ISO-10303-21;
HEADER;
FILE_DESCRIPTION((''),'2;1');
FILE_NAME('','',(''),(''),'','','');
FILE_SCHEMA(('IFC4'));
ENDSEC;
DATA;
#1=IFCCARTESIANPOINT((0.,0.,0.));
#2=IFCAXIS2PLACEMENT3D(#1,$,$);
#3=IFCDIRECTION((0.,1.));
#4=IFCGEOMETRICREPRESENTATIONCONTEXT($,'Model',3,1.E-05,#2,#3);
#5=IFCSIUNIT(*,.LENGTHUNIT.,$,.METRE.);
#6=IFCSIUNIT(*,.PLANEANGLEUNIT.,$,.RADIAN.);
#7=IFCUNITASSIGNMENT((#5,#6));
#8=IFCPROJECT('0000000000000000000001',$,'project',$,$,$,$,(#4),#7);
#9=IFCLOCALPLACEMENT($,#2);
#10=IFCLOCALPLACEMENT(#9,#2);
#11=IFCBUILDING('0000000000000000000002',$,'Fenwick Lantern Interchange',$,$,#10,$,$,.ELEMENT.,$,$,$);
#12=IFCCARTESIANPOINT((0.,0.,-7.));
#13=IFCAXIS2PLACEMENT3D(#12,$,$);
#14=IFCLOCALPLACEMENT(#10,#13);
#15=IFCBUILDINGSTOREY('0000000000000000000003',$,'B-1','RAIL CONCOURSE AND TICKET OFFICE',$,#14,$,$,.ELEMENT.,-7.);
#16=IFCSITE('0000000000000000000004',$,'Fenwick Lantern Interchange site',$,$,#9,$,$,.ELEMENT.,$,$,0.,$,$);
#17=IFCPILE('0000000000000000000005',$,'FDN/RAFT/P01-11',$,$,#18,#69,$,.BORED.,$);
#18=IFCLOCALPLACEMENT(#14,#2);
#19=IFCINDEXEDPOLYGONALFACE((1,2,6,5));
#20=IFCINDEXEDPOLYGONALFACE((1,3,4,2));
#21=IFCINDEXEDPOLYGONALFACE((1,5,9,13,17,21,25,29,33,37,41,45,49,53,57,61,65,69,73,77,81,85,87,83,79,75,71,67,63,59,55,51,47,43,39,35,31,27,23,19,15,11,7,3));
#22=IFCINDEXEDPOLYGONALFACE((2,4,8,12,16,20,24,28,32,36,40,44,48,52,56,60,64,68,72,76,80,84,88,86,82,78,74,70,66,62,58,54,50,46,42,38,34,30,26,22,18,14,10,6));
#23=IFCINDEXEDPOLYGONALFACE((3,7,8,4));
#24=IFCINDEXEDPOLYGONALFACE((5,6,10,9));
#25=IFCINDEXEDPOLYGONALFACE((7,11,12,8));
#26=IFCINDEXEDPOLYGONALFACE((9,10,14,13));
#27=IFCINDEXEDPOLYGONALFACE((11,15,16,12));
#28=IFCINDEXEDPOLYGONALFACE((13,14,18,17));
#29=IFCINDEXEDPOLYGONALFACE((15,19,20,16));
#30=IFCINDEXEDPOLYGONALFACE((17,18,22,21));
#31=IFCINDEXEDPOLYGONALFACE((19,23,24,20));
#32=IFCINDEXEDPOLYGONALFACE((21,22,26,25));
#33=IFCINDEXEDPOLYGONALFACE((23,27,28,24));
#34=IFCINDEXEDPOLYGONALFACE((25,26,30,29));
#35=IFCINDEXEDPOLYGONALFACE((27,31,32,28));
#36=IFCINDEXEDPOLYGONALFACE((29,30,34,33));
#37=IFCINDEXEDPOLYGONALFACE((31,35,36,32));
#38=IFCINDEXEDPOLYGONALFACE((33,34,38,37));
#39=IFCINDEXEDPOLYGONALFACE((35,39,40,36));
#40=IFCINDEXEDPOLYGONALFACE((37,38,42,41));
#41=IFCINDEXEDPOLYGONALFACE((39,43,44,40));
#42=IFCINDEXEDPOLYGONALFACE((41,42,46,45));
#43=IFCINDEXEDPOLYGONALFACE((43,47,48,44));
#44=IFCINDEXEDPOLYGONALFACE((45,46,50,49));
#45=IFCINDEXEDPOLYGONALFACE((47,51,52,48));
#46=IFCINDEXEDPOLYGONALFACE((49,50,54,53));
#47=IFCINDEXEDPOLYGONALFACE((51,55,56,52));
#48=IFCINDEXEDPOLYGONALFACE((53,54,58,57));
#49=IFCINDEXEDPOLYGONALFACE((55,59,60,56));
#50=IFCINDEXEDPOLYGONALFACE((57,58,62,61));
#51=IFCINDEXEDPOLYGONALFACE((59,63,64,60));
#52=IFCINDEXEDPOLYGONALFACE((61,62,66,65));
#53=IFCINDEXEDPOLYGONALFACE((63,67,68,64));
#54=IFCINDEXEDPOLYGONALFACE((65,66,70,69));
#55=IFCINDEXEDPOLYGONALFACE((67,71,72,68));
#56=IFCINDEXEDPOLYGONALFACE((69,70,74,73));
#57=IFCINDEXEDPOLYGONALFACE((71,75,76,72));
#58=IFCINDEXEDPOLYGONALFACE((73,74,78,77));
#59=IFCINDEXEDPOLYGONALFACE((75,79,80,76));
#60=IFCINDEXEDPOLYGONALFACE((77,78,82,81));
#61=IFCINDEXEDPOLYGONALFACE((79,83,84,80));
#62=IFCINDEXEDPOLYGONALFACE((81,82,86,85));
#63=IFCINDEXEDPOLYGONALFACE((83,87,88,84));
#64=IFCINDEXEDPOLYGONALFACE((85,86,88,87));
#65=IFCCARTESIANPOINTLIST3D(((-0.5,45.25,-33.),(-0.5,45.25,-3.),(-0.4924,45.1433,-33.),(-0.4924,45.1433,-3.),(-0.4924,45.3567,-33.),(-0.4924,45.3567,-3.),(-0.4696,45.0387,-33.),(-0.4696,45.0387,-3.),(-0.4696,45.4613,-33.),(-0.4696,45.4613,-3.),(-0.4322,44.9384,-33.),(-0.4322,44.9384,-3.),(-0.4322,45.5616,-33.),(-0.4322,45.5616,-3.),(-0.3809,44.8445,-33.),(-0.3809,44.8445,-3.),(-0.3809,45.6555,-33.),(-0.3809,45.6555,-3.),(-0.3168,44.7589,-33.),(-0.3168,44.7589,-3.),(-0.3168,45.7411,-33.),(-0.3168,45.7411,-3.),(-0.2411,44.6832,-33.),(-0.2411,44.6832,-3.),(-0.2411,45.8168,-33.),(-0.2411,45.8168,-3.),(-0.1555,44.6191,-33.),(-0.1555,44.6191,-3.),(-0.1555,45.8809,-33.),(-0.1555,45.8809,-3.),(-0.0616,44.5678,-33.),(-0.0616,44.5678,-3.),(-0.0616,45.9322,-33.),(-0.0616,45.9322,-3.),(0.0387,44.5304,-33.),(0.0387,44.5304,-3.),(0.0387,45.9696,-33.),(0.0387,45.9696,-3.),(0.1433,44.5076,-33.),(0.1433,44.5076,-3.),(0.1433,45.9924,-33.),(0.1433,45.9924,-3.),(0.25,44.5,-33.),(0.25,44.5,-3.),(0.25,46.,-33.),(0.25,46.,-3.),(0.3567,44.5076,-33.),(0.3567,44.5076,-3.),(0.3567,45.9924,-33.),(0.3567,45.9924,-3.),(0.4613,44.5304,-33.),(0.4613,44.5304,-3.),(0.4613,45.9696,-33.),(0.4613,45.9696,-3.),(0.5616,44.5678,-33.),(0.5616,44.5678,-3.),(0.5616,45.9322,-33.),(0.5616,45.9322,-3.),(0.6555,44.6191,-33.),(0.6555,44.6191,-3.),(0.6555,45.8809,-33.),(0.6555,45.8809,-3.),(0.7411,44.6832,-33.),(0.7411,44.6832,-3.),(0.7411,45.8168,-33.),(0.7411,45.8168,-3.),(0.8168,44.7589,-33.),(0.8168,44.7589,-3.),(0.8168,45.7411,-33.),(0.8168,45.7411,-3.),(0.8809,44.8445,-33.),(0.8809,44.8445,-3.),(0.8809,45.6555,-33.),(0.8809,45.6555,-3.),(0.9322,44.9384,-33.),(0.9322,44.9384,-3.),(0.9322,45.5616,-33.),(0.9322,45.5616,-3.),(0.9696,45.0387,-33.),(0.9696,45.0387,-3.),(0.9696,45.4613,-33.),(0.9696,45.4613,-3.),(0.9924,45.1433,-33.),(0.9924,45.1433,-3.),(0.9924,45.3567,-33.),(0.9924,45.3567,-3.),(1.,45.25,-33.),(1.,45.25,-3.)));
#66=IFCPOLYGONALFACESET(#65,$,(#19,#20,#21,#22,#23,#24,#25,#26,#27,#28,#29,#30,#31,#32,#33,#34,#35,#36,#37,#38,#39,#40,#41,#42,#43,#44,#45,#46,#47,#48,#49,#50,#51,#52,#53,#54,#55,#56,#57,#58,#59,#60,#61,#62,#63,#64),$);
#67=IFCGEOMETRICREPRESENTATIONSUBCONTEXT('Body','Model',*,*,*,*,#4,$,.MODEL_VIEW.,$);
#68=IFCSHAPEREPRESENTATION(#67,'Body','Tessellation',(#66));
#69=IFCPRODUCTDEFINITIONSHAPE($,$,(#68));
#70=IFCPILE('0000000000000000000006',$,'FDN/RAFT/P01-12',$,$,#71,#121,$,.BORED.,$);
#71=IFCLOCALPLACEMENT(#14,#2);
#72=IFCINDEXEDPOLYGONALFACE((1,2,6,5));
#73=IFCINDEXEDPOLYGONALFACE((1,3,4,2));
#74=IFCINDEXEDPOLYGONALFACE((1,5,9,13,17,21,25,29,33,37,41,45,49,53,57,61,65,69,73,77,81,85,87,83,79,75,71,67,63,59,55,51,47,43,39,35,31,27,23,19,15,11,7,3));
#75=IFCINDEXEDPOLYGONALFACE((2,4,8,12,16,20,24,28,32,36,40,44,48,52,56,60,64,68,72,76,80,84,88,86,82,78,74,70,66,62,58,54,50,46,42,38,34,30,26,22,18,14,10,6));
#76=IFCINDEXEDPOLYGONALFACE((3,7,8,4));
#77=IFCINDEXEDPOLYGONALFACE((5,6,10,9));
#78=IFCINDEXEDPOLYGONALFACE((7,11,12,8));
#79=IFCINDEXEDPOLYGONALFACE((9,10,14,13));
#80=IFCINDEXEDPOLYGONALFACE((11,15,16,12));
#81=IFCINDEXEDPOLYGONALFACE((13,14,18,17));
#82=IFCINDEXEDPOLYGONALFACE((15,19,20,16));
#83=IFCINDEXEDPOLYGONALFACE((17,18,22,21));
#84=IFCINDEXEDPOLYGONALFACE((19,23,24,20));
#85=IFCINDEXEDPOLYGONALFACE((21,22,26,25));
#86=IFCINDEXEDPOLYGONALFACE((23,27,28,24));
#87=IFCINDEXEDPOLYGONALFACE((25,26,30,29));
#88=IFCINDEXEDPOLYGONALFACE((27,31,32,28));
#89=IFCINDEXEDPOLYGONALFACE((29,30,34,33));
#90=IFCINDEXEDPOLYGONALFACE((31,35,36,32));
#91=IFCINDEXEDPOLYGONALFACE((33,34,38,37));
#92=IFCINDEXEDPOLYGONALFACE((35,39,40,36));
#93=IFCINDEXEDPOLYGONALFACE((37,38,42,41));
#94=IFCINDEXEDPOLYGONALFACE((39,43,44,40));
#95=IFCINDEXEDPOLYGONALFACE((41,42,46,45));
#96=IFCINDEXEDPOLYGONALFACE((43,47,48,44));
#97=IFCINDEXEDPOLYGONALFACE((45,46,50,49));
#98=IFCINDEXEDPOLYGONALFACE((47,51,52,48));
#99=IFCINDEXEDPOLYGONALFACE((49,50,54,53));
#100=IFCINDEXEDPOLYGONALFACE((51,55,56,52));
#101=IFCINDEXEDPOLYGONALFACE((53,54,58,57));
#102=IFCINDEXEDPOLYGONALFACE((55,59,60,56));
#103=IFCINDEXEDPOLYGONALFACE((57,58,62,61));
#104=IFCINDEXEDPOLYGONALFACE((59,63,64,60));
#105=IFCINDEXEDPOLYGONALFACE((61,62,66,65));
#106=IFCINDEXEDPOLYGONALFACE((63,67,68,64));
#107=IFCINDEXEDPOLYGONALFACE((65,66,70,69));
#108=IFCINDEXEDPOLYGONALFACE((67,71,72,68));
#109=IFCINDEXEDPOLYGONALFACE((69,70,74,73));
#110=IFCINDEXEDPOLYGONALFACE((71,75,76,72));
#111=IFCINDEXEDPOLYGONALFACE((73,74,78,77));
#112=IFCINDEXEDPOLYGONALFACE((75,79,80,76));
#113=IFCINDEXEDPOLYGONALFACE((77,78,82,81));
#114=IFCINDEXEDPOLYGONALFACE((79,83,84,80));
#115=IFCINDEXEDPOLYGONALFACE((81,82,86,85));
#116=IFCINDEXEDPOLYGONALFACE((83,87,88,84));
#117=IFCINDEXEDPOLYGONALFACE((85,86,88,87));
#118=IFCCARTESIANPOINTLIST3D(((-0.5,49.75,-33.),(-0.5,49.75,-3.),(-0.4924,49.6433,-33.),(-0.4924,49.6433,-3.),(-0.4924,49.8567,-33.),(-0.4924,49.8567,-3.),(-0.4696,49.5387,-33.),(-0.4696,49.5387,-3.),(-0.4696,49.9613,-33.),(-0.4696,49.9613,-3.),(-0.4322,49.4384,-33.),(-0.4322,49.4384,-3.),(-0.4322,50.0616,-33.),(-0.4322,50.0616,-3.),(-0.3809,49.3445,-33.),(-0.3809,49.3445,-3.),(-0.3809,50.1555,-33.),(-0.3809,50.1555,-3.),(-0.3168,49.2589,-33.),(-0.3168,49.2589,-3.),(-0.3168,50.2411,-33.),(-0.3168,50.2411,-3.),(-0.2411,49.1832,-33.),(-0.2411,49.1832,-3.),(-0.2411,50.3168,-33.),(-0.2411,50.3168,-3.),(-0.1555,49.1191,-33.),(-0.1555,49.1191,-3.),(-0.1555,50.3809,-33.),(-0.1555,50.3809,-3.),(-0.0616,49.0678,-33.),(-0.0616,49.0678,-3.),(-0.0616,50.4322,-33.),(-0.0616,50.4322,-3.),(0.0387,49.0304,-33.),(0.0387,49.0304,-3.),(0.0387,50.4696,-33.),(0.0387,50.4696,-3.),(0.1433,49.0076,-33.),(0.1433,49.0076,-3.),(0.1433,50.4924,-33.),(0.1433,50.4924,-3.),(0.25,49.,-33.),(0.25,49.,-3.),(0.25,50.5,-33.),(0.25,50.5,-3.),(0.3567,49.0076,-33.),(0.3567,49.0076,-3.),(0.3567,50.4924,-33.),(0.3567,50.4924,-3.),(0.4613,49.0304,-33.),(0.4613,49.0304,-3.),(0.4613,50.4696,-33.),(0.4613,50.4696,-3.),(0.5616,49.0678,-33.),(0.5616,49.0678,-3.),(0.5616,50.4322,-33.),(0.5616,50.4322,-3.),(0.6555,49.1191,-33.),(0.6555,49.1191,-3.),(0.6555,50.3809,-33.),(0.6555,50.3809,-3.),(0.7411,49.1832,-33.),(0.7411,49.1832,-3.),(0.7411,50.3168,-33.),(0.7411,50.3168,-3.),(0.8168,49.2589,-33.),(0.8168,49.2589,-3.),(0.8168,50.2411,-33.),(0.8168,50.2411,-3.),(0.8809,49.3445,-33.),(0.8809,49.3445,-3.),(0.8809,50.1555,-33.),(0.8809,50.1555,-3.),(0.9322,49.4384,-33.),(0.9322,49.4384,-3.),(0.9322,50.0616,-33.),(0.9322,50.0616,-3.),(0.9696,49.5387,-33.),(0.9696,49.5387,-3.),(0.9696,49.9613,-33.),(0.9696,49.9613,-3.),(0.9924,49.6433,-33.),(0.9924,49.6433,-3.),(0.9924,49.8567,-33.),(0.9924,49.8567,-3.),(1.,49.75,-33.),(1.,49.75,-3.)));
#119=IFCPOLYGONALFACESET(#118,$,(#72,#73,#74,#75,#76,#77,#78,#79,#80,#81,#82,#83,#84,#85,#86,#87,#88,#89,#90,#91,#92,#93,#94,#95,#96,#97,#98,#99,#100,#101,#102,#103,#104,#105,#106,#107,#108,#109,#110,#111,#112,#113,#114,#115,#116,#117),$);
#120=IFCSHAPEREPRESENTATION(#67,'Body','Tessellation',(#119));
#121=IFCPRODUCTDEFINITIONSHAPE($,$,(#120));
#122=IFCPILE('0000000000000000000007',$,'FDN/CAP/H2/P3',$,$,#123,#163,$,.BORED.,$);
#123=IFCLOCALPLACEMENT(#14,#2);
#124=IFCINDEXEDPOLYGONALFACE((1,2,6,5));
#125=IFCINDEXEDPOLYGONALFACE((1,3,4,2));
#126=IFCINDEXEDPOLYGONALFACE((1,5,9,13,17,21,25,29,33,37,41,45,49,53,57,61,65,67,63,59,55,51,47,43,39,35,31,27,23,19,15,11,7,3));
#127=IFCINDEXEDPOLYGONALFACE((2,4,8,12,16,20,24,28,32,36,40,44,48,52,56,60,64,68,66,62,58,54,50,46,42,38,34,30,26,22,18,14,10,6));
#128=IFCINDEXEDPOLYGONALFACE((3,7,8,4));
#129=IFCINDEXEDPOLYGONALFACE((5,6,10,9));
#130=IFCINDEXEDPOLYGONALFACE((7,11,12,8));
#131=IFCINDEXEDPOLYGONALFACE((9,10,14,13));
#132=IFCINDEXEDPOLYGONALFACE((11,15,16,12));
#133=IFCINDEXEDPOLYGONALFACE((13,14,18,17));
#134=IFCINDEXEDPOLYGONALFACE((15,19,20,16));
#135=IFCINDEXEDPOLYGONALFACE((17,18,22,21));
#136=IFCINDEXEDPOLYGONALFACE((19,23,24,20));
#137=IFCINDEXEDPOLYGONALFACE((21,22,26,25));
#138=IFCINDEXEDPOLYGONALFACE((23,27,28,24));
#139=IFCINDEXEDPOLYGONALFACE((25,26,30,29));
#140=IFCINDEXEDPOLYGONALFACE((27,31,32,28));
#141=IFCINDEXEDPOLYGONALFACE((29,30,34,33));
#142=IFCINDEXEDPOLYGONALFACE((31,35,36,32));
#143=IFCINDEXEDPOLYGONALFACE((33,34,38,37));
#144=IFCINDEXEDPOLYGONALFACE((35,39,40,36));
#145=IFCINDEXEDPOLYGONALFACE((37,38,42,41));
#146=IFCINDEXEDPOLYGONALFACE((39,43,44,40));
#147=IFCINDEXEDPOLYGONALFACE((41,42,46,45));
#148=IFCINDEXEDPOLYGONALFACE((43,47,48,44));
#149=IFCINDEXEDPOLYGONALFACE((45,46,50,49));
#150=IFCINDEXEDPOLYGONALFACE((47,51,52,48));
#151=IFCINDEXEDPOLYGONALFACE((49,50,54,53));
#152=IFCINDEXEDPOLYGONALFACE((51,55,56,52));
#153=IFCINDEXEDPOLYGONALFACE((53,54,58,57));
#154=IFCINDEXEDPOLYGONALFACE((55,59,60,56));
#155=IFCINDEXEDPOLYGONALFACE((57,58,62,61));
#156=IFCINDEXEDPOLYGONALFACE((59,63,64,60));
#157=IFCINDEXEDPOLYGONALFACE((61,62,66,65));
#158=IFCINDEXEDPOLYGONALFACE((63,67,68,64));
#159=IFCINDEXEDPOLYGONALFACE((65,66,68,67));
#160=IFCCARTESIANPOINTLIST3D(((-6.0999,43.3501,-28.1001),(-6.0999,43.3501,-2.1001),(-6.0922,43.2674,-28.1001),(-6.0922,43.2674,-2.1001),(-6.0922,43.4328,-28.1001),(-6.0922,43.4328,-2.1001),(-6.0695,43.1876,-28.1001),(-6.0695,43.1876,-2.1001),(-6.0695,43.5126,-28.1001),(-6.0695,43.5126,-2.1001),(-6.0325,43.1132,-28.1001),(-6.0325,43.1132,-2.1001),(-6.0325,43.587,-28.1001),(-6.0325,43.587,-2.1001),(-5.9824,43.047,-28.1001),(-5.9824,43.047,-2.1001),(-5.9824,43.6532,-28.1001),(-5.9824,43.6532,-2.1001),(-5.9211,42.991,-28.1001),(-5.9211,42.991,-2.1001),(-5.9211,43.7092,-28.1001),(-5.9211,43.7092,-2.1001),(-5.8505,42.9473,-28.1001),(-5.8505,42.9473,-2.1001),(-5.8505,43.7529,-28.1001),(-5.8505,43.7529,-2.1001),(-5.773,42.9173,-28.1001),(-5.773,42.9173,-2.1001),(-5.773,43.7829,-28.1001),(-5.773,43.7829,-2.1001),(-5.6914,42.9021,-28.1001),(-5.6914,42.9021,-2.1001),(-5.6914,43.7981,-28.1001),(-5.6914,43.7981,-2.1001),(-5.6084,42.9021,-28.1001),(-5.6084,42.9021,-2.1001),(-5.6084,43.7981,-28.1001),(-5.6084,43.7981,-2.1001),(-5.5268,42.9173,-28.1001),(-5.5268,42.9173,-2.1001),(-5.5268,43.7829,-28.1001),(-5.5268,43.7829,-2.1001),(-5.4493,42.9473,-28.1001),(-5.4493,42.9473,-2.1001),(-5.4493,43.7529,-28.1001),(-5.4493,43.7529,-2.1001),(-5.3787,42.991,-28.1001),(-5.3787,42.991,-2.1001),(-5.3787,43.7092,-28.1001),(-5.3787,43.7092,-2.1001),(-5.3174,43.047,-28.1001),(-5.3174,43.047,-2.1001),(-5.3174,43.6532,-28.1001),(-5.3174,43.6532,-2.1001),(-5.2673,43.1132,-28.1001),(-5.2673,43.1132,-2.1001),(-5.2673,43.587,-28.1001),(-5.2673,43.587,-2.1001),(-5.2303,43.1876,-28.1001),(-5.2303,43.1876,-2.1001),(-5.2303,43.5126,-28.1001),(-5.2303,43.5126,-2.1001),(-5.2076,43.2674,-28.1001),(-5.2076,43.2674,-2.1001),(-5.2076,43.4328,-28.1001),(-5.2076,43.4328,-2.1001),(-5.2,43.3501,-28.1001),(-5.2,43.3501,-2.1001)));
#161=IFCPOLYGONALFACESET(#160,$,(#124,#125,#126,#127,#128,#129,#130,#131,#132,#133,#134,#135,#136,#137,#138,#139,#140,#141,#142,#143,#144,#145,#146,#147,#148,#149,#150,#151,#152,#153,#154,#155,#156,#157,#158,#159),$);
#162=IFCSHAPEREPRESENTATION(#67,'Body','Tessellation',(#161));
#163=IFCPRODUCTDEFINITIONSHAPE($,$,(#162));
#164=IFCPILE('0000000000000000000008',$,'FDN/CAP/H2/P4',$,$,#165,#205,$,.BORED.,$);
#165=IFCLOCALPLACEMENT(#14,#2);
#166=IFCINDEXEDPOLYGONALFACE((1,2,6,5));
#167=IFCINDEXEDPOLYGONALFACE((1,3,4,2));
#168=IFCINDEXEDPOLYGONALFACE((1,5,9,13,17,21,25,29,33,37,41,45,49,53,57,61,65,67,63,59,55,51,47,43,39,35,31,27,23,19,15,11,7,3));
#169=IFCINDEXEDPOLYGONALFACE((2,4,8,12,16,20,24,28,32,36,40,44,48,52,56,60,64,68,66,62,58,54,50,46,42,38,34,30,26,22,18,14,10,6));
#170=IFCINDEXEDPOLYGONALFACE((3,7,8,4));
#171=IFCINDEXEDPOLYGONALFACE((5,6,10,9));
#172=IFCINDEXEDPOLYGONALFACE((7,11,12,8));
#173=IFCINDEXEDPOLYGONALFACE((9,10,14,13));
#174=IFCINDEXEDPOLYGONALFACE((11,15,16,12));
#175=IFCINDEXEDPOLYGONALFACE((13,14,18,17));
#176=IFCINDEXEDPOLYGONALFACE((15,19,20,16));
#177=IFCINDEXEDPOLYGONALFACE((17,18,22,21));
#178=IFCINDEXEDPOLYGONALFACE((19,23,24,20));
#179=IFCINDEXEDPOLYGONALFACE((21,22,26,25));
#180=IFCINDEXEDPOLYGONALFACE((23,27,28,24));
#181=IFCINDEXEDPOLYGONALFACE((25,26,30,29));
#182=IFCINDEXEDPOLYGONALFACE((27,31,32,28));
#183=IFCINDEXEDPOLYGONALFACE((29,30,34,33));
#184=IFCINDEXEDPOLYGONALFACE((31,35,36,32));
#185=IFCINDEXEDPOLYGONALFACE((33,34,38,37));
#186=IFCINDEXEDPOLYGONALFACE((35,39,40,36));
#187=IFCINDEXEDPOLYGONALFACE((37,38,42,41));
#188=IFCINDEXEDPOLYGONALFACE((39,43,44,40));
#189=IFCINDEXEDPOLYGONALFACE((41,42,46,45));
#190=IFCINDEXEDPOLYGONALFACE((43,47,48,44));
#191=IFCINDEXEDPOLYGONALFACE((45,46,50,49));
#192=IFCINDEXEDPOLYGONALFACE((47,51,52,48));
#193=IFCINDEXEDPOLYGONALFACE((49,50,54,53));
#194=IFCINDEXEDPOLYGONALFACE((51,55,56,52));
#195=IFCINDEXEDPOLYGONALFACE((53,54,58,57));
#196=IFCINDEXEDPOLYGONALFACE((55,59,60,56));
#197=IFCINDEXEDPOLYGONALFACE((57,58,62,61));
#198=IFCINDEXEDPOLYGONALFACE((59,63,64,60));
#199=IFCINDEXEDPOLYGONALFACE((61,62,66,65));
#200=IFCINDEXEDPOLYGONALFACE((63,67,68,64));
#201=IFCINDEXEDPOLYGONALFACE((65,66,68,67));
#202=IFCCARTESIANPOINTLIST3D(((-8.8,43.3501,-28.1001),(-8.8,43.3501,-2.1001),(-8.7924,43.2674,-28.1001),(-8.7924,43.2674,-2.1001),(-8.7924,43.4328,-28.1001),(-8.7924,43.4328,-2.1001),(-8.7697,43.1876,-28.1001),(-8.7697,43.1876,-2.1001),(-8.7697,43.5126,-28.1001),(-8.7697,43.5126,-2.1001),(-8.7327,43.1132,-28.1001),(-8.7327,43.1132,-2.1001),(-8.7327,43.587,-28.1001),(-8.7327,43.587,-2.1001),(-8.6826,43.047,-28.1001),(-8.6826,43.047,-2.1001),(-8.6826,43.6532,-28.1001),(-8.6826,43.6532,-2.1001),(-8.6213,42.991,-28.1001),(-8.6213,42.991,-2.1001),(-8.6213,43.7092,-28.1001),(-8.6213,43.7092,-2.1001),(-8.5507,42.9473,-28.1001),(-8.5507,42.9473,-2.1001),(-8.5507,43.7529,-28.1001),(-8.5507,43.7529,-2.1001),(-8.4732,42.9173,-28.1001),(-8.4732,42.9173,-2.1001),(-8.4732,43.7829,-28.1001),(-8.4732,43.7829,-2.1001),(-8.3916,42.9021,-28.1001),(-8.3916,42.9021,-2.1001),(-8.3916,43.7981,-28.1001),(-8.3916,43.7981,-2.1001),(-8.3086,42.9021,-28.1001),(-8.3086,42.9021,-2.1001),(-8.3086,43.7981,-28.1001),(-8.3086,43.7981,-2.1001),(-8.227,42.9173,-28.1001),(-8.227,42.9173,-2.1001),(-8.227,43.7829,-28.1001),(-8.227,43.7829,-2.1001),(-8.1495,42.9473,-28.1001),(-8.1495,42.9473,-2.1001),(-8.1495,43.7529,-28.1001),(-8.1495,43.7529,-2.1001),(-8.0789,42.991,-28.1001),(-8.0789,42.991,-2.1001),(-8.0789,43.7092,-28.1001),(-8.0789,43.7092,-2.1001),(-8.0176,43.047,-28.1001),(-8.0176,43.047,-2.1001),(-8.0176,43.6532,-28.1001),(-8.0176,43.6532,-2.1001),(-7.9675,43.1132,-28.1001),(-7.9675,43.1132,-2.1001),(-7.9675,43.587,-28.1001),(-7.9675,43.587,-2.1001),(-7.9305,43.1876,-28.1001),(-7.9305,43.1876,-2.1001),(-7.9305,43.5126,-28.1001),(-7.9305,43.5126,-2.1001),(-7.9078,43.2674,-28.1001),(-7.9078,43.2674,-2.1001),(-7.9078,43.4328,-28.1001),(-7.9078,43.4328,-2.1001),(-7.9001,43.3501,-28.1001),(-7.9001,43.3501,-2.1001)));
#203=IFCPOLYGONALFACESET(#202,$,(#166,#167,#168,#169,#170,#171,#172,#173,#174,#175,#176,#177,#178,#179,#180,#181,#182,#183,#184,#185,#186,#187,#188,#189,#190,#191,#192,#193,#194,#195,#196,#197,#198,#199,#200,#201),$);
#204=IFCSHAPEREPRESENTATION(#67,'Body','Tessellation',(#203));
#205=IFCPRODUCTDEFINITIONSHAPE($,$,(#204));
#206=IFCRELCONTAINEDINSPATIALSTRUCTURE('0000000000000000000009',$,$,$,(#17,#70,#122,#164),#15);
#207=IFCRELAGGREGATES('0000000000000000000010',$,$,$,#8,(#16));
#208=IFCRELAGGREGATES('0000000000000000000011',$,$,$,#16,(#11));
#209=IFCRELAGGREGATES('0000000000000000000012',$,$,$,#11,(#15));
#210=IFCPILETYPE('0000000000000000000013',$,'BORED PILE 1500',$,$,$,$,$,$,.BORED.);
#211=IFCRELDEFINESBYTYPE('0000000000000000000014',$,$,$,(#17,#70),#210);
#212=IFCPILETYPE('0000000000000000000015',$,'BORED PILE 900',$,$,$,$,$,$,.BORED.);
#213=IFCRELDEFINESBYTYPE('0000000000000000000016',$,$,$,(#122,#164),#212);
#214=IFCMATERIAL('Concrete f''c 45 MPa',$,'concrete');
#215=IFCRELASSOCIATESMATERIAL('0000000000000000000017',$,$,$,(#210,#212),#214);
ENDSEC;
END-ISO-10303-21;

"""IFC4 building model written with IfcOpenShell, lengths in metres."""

from ifc_helpers import new_model, si_unit, direction, frame, origin, origin_2d, place, context, subcontext, project, spatial, circle, extrude, material, type_object, element, save


model = new_model("IFC4")

# Units and contexts
model_context = context("Model", 3, precision=1e-05, world=origin(), true_north=direction((0.0, 1.0)))
body_context = subcontext(model_context, "Body", "Model", "MODEL_VIEW")
ifc_project = project(units=[si_unit("LENGTHUNIT", "METRE"), si_unit("PLANEANGLEUNIT", "RADIAN")], contexts=[model_context])

# Site, building, storey
site_placement = place(None, origin())
site = spatial("IfcSite", under=ifc_project, at=site_placement, Name="Fenwick Lantern Interchange site", CompositionType="ELEMENT", RefElevation=0.0)
building_placement = place(site_placement, origin())
building = spatial("IfcBuilding", under=site, at=building_placement, Name="Fenwick Lantern Interchange", CompositionType="ELEMENT")
storey_placement = place(building_placement, frame((0.0, 0.0, -7.0)))
storey = spatial("IfcBuildingStorey", under=building, at=storey_placement, Name="B-1", Description="RAIL CONCOURSE AND TICKET OFFICE", CompositionType="ELEMENT", Elevation=-7.0)

# Piles
ifc_material_1 = material(Name="Concrete f'c 45 MPa", Category="concrete")
pile_type_1 = type_object("IfcPileType", Name="BORED PILE 1500", PredefinedType="BORED", material=ifc_material_1)
for number, where, z_axis, x_axis, name in (
    (1, (0.25, 45.25, -3.0), (0.0, 0.0, -1.0), (1.0, 0.0, 0.0), "FDN/RAFT/P01-11"),
    (2, (0.25, 49.75, -3.0), (0.0, 0.0, -1.0), (1.0, 0.0, 0.0), "FDN/RAFT/P01-12"),
):
    element("IfcPile", number, at=place(storey_placement, frame(where, z_axis=z_axis, x_axis=x_axis)), inside=storey, type_object=pile_type_1, Name=name, PredefinedType="BORED", context=body_context, shape_type="SweptSolid", body=[
        extrude(circle(Radius=0.75, at=origin_2d()), origin(), (0.0, 0.0, 1.0), 30.0),
    ])
pile_type_2 = type_object("IfcPileType", Name="BORED PILE 900", PredefinedType="BORED", material=ifc_material_1)
for number, where, z_axis, x_axis, name in (
    (3, (-5.6499, 43.3501, -2.1001), (0.0, 0.0, -1.0), (1.0, 0.0, 0.0), "FDN/CAP/H2/P3"),
    (4, (-8.3501, 43.3501, -2.1001), (0.0, 0.0, -1.0), (1.0, 0.0, 0.0), "FDN/CAP/H2/P4"),
):
    element("IfcPile", number, at=place(storey_placement, frame(where, z_axis=z_axis, x_axis=x_axis)), inside=storey, type_object=pile_type_2, Name=name, PredefinedType="BORED", context=body_context, shape_type="SweptSolid", body=[
        extrude(circle(Radius=0.45, at=origin_2d()), origin(), (0.0, 0.0, 1.0), 26.0),
    ])

save(model, "model.ifc")
